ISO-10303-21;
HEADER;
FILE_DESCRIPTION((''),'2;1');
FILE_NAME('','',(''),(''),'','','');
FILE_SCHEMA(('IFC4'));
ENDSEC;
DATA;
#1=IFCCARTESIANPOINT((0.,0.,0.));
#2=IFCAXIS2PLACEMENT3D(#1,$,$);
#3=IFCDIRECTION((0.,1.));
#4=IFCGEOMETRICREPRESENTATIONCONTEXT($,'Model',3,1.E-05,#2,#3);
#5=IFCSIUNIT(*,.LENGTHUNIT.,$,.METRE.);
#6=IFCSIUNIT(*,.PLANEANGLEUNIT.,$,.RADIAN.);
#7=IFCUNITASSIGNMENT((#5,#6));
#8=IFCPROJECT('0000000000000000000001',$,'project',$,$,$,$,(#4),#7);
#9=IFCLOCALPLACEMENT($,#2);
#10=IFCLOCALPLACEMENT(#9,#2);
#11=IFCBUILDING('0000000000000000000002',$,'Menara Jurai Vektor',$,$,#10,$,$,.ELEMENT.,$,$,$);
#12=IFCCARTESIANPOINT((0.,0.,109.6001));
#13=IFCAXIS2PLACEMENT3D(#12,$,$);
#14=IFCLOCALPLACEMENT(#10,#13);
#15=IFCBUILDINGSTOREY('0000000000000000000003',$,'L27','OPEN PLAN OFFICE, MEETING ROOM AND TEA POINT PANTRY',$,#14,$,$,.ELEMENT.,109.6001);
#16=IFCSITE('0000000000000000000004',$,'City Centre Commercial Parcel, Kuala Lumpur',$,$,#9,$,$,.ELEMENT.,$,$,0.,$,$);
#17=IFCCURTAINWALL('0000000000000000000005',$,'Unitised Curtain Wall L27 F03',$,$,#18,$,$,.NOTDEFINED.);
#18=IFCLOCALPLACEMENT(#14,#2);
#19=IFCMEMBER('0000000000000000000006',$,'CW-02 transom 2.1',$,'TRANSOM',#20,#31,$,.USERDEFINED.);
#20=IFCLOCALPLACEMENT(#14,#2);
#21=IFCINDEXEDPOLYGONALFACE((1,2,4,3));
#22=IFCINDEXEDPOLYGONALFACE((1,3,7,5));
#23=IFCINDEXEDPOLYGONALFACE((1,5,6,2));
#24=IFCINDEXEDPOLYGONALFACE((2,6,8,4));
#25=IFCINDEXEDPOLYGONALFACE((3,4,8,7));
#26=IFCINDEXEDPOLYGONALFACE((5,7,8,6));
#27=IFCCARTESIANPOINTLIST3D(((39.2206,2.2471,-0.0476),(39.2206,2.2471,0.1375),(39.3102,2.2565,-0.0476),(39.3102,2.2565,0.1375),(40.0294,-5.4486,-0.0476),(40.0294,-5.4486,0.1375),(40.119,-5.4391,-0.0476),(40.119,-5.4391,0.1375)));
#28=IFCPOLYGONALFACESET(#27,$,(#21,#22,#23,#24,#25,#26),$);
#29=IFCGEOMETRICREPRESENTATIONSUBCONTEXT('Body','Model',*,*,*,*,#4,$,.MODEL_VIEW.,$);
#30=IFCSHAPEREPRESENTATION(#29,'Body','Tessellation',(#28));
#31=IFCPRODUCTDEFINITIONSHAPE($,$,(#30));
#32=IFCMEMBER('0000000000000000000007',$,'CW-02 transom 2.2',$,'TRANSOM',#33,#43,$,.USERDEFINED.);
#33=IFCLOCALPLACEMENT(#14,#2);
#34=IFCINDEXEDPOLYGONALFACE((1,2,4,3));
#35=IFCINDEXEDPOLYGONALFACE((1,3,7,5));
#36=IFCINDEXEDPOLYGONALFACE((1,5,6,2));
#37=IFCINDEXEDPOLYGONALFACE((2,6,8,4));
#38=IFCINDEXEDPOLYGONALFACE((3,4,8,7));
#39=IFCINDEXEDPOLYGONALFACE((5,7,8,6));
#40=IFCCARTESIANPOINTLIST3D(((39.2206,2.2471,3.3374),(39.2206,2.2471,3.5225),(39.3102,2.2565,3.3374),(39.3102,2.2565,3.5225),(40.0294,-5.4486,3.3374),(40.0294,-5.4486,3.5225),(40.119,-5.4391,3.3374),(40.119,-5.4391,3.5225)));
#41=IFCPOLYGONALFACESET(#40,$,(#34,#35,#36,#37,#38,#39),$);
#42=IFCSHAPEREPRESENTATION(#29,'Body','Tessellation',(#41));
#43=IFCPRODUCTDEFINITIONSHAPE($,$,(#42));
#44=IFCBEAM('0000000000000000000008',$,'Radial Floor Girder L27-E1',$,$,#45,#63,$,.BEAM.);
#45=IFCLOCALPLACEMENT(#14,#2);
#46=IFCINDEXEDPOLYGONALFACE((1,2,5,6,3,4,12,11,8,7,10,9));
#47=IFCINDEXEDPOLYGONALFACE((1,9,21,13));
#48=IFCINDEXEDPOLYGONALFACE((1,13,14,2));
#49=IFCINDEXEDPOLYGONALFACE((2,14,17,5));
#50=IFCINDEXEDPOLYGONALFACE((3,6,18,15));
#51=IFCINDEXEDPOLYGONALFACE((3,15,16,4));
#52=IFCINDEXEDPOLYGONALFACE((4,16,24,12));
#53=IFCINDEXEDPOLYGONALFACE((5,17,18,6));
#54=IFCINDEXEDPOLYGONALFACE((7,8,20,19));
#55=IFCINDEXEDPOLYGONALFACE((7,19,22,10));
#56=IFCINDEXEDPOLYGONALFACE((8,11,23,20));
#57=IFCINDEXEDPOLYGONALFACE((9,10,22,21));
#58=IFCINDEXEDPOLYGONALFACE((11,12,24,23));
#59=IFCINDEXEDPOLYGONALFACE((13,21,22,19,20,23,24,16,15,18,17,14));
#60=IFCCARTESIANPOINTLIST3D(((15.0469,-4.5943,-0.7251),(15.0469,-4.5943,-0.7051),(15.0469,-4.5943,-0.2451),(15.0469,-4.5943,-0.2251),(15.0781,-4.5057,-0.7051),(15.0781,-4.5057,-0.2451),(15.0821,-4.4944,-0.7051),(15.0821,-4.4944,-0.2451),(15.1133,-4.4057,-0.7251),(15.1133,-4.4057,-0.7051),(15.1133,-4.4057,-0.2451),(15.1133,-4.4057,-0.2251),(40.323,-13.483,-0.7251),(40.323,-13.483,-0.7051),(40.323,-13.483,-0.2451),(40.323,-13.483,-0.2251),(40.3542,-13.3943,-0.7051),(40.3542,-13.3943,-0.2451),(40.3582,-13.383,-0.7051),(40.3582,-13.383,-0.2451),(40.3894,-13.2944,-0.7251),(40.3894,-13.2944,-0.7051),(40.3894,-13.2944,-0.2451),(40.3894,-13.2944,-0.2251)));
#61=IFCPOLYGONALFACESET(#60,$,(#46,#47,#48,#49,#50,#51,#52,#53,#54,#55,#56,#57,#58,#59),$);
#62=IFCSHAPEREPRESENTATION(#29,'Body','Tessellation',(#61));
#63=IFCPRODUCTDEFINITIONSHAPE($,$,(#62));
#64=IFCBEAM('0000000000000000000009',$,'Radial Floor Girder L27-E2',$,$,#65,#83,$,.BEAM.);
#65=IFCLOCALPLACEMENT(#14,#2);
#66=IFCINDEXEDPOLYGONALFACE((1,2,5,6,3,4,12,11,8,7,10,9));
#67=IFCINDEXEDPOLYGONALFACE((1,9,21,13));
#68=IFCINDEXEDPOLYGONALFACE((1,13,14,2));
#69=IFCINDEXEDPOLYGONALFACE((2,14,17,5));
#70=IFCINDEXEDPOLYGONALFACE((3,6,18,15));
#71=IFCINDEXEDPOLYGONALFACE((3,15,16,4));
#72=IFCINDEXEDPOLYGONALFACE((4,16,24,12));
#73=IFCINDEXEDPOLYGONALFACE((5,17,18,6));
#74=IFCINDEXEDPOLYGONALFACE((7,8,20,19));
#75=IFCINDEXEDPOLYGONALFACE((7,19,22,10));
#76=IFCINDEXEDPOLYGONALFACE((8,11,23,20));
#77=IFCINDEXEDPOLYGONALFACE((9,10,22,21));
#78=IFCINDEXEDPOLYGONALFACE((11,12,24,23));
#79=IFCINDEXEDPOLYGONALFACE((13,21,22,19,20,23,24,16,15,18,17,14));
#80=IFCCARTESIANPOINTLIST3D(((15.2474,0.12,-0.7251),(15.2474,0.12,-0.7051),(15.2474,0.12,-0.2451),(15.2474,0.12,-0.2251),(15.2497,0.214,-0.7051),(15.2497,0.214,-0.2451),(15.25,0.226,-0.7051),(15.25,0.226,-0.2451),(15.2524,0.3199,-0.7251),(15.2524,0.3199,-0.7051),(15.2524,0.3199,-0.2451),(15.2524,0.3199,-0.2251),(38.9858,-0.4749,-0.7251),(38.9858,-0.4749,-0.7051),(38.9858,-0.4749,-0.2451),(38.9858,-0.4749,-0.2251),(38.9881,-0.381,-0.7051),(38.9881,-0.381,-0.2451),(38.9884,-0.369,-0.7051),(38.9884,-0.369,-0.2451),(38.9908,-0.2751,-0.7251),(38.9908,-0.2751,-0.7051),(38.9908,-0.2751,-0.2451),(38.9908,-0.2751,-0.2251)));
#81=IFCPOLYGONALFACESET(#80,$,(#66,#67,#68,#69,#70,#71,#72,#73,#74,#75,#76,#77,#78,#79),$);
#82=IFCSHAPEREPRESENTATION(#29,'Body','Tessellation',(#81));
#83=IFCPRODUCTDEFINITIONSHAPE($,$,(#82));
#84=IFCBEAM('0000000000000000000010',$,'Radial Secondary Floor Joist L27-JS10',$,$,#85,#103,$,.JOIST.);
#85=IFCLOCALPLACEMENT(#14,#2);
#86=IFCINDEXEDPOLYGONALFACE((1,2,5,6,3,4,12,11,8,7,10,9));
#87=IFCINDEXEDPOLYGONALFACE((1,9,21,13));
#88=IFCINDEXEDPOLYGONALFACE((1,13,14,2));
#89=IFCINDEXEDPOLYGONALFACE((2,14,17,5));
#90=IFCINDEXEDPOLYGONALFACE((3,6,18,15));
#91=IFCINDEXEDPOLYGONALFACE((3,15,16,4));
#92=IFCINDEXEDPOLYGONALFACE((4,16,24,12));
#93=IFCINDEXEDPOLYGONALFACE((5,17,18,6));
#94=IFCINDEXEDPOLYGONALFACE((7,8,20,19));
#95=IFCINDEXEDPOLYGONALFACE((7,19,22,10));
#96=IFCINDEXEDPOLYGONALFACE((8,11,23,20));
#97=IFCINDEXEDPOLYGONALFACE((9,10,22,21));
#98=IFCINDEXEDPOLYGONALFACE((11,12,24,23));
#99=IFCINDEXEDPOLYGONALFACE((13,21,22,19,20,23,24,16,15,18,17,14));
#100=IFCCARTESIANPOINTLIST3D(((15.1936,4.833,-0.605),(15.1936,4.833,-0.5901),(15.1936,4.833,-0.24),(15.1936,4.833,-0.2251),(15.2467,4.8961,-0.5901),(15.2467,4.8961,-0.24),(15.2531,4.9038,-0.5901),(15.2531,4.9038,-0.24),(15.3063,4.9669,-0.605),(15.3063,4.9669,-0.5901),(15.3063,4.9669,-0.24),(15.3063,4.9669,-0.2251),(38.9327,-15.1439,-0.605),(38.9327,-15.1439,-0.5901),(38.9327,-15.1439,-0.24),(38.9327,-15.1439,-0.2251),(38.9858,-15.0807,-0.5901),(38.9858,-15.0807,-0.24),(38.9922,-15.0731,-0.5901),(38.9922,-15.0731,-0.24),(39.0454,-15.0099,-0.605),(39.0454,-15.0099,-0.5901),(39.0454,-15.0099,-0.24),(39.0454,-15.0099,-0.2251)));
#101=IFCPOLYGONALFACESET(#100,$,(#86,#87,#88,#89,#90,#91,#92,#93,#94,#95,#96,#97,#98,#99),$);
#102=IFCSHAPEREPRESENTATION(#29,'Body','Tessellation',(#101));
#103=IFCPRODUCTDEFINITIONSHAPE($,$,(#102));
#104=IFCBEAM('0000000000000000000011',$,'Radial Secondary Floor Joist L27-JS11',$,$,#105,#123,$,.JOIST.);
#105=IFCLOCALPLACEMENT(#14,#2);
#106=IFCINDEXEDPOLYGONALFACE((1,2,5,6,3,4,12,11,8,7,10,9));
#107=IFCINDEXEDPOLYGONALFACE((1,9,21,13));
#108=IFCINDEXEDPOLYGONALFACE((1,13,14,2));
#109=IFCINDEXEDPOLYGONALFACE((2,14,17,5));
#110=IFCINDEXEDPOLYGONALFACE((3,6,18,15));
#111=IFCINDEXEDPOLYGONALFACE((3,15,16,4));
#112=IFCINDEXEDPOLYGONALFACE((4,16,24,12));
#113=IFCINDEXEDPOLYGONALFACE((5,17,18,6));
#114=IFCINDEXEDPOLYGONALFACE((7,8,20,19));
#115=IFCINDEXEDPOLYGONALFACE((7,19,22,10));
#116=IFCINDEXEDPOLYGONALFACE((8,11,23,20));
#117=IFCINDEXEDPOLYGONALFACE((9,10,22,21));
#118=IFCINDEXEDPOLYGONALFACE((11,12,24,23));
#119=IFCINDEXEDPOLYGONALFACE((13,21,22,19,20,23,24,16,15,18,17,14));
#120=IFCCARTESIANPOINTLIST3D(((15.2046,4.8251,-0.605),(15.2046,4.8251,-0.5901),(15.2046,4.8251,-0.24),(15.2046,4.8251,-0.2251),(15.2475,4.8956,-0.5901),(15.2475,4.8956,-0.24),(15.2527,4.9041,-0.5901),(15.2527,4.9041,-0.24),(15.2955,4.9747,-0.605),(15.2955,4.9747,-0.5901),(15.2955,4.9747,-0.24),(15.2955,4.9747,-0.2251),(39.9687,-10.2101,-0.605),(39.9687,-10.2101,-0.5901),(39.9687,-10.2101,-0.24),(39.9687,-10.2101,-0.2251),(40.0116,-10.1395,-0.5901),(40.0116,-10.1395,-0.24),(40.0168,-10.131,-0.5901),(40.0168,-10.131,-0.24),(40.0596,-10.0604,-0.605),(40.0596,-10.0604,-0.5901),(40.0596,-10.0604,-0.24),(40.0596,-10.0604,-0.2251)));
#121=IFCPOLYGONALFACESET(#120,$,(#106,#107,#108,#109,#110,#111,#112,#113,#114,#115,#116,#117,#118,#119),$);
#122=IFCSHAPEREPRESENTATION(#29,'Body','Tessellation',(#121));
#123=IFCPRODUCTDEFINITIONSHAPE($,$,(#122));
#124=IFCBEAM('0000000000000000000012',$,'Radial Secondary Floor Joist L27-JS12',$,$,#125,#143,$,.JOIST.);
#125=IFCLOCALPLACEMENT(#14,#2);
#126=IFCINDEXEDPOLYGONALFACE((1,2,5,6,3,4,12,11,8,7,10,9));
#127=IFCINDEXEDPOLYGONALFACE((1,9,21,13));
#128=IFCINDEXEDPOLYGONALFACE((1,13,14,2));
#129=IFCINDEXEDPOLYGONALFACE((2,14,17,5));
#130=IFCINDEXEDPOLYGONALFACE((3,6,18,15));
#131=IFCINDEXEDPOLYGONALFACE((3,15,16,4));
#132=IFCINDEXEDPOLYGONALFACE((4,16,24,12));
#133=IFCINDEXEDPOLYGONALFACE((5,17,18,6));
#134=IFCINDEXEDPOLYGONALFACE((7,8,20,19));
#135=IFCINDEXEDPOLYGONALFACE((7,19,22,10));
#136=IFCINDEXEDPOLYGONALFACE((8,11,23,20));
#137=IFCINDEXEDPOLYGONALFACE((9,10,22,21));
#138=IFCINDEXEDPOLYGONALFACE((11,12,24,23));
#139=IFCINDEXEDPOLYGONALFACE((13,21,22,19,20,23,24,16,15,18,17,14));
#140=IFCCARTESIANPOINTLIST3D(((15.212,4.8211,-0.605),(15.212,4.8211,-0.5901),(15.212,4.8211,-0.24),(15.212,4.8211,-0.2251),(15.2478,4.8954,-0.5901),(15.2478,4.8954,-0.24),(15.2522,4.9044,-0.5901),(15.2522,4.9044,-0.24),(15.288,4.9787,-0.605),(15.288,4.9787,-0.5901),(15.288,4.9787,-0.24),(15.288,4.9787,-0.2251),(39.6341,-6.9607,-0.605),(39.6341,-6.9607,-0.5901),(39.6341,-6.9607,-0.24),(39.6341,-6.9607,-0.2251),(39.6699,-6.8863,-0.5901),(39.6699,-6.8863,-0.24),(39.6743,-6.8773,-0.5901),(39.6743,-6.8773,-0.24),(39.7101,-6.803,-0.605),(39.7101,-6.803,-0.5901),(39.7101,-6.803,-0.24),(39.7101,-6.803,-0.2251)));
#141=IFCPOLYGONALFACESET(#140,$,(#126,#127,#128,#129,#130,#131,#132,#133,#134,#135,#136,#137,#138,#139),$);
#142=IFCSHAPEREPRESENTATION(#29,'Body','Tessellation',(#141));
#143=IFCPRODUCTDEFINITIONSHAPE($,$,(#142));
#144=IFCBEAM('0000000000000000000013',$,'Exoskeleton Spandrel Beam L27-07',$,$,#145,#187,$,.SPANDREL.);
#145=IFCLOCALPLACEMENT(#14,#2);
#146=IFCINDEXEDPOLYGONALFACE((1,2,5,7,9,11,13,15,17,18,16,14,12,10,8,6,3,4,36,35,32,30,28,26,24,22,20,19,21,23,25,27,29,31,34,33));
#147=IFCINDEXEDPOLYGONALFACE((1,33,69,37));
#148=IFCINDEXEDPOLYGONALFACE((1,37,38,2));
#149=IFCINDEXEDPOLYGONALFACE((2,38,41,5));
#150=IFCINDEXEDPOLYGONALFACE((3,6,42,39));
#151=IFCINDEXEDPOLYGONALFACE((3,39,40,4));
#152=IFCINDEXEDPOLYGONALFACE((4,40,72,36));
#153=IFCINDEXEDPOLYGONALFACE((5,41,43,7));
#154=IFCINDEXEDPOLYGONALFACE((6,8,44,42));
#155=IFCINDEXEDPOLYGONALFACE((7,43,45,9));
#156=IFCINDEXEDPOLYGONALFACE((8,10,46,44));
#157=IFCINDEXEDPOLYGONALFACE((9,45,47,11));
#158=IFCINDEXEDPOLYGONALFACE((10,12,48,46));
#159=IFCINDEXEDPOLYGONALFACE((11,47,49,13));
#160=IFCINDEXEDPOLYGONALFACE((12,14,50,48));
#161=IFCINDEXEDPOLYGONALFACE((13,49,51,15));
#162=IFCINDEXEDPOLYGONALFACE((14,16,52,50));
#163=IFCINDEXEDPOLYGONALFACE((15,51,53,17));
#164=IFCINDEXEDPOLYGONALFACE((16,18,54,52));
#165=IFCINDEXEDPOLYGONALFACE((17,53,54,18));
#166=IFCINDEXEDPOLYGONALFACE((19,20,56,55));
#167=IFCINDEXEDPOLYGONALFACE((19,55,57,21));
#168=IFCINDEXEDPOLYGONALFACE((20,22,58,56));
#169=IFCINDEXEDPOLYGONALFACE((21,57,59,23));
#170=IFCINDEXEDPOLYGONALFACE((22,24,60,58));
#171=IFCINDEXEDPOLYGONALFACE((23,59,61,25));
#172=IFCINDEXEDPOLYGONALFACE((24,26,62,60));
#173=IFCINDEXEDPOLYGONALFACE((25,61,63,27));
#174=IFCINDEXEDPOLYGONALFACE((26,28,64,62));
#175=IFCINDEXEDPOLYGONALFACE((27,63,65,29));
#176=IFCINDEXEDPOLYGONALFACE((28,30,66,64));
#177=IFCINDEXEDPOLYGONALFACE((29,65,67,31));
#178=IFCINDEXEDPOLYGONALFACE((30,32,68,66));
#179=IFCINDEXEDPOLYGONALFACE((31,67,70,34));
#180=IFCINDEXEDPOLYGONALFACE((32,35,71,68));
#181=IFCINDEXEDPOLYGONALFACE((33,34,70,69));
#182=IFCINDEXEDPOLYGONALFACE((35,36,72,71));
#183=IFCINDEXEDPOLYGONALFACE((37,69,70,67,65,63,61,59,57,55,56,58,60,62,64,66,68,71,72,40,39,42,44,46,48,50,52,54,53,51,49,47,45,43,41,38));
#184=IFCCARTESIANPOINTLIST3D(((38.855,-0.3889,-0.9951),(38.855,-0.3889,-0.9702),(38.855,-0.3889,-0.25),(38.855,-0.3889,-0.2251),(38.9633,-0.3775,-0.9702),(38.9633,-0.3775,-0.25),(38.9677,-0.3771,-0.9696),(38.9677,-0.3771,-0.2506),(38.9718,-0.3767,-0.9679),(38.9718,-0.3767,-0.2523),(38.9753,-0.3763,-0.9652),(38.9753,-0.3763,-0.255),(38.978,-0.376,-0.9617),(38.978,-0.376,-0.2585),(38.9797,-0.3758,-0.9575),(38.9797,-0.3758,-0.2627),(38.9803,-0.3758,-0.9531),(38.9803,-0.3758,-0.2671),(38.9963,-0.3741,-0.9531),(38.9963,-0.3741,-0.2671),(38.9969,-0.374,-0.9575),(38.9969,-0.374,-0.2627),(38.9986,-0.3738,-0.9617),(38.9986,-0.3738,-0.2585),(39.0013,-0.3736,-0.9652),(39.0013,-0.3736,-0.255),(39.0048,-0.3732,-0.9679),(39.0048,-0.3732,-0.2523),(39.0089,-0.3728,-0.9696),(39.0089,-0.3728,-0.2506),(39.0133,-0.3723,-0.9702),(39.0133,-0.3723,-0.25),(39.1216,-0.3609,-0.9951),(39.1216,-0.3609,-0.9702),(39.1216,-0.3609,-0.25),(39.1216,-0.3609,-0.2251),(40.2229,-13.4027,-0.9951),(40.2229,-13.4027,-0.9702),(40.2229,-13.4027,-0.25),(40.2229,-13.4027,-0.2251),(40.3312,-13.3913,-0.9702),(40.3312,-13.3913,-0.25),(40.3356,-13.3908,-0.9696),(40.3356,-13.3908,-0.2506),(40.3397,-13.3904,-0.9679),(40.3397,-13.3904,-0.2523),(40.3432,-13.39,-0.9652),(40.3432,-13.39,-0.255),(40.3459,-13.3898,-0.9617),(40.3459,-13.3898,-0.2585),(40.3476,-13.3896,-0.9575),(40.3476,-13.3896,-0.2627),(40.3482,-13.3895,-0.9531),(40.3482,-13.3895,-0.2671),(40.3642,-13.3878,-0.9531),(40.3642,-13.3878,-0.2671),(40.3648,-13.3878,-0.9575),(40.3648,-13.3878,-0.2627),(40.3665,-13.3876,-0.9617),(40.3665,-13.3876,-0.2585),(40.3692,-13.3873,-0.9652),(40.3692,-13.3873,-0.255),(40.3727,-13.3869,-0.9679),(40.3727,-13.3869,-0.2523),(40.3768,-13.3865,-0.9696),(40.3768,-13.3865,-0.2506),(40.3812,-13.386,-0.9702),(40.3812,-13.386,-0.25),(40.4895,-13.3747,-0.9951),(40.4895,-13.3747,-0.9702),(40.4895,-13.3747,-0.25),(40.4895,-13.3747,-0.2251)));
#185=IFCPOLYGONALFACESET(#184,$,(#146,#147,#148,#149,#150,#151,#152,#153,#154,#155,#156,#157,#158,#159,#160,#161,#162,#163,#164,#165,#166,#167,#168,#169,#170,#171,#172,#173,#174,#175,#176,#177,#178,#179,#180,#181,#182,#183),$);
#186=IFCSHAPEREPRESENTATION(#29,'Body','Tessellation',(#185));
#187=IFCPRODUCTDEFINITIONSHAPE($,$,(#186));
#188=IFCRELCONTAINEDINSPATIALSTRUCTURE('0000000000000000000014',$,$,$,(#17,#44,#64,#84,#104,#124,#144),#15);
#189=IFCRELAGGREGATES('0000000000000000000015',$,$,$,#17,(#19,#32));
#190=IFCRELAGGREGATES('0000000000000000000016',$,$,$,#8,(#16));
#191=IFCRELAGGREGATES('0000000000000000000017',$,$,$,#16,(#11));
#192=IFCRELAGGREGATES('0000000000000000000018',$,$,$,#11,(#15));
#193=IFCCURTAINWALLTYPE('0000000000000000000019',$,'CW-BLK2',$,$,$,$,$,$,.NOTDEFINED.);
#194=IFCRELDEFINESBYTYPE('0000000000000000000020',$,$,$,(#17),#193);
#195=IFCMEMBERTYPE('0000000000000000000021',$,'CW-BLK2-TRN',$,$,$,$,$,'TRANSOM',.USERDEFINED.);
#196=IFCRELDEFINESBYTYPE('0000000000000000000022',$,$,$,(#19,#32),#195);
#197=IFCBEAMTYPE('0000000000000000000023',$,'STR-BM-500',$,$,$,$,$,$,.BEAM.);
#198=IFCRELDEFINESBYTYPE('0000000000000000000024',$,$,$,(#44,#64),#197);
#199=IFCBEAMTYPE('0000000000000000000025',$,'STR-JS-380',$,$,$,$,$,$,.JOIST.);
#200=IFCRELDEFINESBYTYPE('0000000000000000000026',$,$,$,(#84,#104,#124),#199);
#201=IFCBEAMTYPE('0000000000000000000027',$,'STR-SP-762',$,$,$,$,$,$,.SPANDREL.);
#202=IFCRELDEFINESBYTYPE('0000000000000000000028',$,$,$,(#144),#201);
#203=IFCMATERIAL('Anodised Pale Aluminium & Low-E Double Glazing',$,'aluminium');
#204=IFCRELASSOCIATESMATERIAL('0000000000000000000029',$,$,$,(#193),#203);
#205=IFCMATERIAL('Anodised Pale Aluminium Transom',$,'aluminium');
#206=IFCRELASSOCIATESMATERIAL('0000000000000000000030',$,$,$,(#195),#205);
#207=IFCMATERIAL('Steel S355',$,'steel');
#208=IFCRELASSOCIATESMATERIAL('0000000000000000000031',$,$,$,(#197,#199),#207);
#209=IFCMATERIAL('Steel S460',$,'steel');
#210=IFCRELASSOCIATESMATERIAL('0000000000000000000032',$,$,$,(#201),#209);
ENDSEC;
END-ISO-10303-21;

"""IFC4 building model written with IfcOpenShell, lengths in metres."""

from ifc_helpers import new_model, si_unit, direction, frame, origin, origin_2d, place, context, subcontext, project, spatial, rectangle, i_section, extrude, material, material_profile, profile_set, type_object, element, aggregate, save


model = new_model("IFC4")

# Units and contexts
model_context = context("Model", 3, precision=1e-05, world=origin(), true_north=direction((0.0, 1.0)))
body_context = subcontext(model_context, "Body", "Model", "MODEL_VIEW")
ifc_project = project(units=[si_unit("LENGTHUNIT", "METRE"), si_unit("PLANEANGLEUNIT", "RADIAN")], contexts=[model_context])

# Site, building, storey
site_placement = place(None, origin())
site = spatial("IfcSite", under=ifc_project, at=site_placement, Name="City Centre Commercial Parcel, Kuala Lumpur", CompositionType="ELEMENT", RefElevation=0.0)
building_placement = place(site_placement, origin())
building = spatial("IfcBuilding", under=site, at=building_placement, Name="Menara Jurai Vektor", CompositionType="ELEMENT")
storey_placement = place(building_placement, frame((0.0, 0.0, 109.6001)))
storey = spatial("IfcBuildingStorey", under=building, at=storey_placement, Name="L27", Description="OPEN PLAN OFFICE, MEETING ROOM AND TEA POINT PANTRY", CompositionType="ELEMENT", Elevation=109.6001)

# Shared definitions
ifc_material_1 = material(Name="Steel S460", Category="steel")

# Shared definitions
ifc_material_2 = material(Name="Anodised Pale Aluminium & Low-E Double Glazing", Category="aluminium")
curtain_wall_type = type_object("IfcCurtainWallType", Name="CW-BLK2", PredefinedType="NOTDEFINED", material=ifc_material_2)

# Curtain wall
curtain_wall_1_placement = place(storey_placement, origin())
curtain_wall_1 = element("IfcCurtainWall", 1, at=curtain_wall_1_placement, inside=storey, type_object=curtain_wall_type, Name="Unitised Curtain Wall L27 F03", PredefinedType="NOTDEFINED")

# Members
ifc_material_3 = material(Name="Anodised Pale Aluminium Transom", Category="aluminium")
ifc_material_profile_1 = material_profile(ifc_material_3, rectangle(XDim=0.0901, YDim=0.1851, at=origin_2d()), Name="ALU TRN 90x185")
ifc_profile_set_1 = profile_set([ifc_material_profile_1], Name="Anodised Pale Aluminium Transom")
member_type_1 = type_object("IfcMemberType", Name="CW-BLK2-TRN", ElementType="TRANSOM", PredefinedType="USERDEFINED", material=ifc_profile_set_1)
member_1_placement = place(storey_placement, frame((40.0742, -5.4438, 0.0449), z_axis=(-0.104529, 0.994522, 0.0), x_axis=(-0.994522, -0.104529, 0.0)))
member_1 = element("IfcMember", 2, at=member_1_placement, type_object=member_type_1, Name="CW-02 transom 2.1", ObjectType="TRANSOM", PredefinedType="USERDEFINED", context=body_context, shape_type="SweptSolid", body=[
    extrude(rectangle(XDim=0.0901, YDim=0.1851, at=origin_2d()), origin(), (0.0, 0.0, 1.0), 7.738),
])
member_2_placement = place(storey_placement, frame((40.0742, -5.4438, 3.4299), z_axis=(-0.104529, 0.994522, 0.0), x_axis=(-0.994522, -0.104529, 0.0)))
member_2 = element("IfcMember", 3, at=member_2_placement, type_object=member_type_1, Name="CW-02 transom 2.2", ObjectType="TRANSOM", PredefinedType="USERDEFINED", context=body_context, shape_type="SweptSolid", body=[
    extrude(rectangle(XDim=0.0901, YDim=0.1851, at=origin_2d()), origin(), (0.0, 0.0, 1.0), 7.738),
])

# Beams
ifc_material_4 = material(Name="Steel S355", Category="steel")
ifc_material_profile_2 = material_profile(ifc_material_4, i_section(OverallWidth=0.2, OverallDepth=0.5, WebThickness=0.012, FlangeThickness=0.02, at=origin_2d()), Name="PG 500x200x96")
ifc_profile_set_2 = profile_set([ifc_material_profile_2], Name="Steel S355")
beam_type_1 = type_object("IfcBeamType", Name="STR-BM-500", PredefinedType="BEAM", material=ifc_profile_set_2)
beam_1_placement = place(storey_placement, frame((40.3562, -13.3887, -0.4751), z_axis=(-0.943368, 0.331747, 0.0), x_axis=(-0.331747, -0.943368, 0.0)))
element("IfcBeam", 4, at=beam_1_placement, inside=storey, type_object=beam_type_1, Name="Radial Floor Girder L27-E1", PredefinedType="BEAM", context=body_context, shape_type="SweptSolid", body=[
    extrude(i_section(OverallWidth=0.2, OverallDepth=0.5, WebThickness=0.012, FlangeThickness=0.02, at=origin_2d()), origin(), (0.0, 0.0, 1.0), 26.7935),
])
beam_2_placement = place(storey_placement, frame((38.9883, -0.375, -0.4751), z_axis=(-0.999686, 0.025056, 0.0), x_axis=(-0.025056, -0.999686, 0.0)))
element("IfcBeam", 5, at=beam_2_placement, inside=storey, type_object=beam_type_1, Name="Radial Floor Girder L27-E2", PredefinedType="BEAM", context=body_context, shape_type="SweptSolid", body=[
    extrude(i_section(OverallWidth=0.2, OverallDepth=0.5, WebThickness=0.012, FlangeThickness=0.02, at=origin_2d()), origin(), (0.0, 0.0, 1.0), 23.7458),
])
ifc_material_profile_3 = material_profile(ifc_material_4, i_section(OverallWidth=0.175, OverallDepth=0.3799, WebThickness=0.01, FlangeThickness=0.0149, at=origin_2d()), Name="PG 380x175x58")
ifc_profile_set_3 = profile_set([ifc_material_profile_3], Name="Steel S355")
beam_type_2 = type_object("IfcBeamType", Name="STR-JS-380", PredefinedType="JOIST", material=ifc_profile_set_3)
beam_3_placement = place(storey_placement, frame((38.989, -15.0769, -0.415), z_axis=(-0.765133, 0.643873, 0.0), x_axis=(-0.643873, -0.765133, 0.0)))
element("IfcBeam", 6, at=beam_3_placement, inside=storey, type_object=beam_type_2, Name="Radial Secondary Floor Joist L27-JS10", PredefinedType="JOIST", context=body_context, shape_type="SweptSolid", body=[
    extrude(i_section(OverallWidth=0.175, OverallDepth=0.3799, WebThickness=0.01, FlangeThickness=0.0149, at=origin_2d()), origin(), (0.0, 0.0, 1.0), 31.0261),
])
beam_4_placement = place(storey_placement, frame((40.0142, -10.1353, -0.415), z_axis=(-0.854791, 0.518972, 0.0), x_axis=(-0.518972, -0.854791, 0.0)))
element("IfcBeam", 7, at=beam_4_placement, inside=storey, type_object=beam_type_2, Name="Radial Secondary Floor Joist L27-JS11", PredefinedType="JOIST", context=body_context, shape_type="SweptSolid", body=[
    extrude(i_section(OverallWidth=0.175, OverallDepth=0.3799, WebThickness=0.01, FlangeThickness=0.0149, at=origin_2d()), origin(), (0.0, 0.0, 1.0), 28.9709),
])
beam_5_placement = place(storey_placement, frame((39.6721, -6.8818, -0.415), z_axis=(-0.900671, 0.434502, 0.0), x_axis=(-0.434502, -0.900671, 0.0)))
element("IfcBeam", 8, at=beam_5_placement, inside=storey, type_object=beam_type_2, Name="Radial Secondary Floor Joist L27-JS12", PredefinedType="JOIST", context=body_context, shape_type="SweptSolid", body=[
    extrude(i_section(OverallWidth=0.175, OverallDepth=0.3799, WebThickness=0.01, FlangeThickness=0.0149, at=origin_2d()), origin(), (0.0, 0.0, 1.0), 27.1155),
])
ifc_material_profile_4 = material_profile(ifc_material_1, i_section(OverallWidth=0.2681, OverallDepth=0.77, WebThickness=0.0161, FlangeThickness=0.0249, FilletRadius=0.0171, at=origin_2d()), Name="UKB 762x267x197")
ifc_profile_set_4 = profile_set([ifc_material_profile_4], Name="Steel S460")
beam_type_3 = type_object("IfcBeamType", Name="STR-SP-762", PredefinedType="SPANDREL", material=ifc_profile_set_4)
beam_6_placement = place(storey_placement, frame((40.3562, -13.3887, -0.6101), z_axis=(-0.104538, 0.994521, 0.0), x_axis=(-0.994521, -0.104538, 0.0)))
element("IfcBeam", 9, at=beam_6_placement, inside=storey, type_object=beam_type_3, Name="Exoskeleton Spandrel Beam L27-07", PredefinedType="SPANDREL", context=body_context, shape_type="SweptSolid", body=[
    extrude(i_section(OverallWidth=0.2681, OverallDepth=0.77, WebThickness=0.0161, FlangeThickness=0.0249, FilletRadius=0.0171, at=origin_2d()), origin(), (0.0, 0.0, 1.0), 13.0854),
])

aggregate(curtain_wall_1, [member_1, member_2])

save(model, "model.ifc")
